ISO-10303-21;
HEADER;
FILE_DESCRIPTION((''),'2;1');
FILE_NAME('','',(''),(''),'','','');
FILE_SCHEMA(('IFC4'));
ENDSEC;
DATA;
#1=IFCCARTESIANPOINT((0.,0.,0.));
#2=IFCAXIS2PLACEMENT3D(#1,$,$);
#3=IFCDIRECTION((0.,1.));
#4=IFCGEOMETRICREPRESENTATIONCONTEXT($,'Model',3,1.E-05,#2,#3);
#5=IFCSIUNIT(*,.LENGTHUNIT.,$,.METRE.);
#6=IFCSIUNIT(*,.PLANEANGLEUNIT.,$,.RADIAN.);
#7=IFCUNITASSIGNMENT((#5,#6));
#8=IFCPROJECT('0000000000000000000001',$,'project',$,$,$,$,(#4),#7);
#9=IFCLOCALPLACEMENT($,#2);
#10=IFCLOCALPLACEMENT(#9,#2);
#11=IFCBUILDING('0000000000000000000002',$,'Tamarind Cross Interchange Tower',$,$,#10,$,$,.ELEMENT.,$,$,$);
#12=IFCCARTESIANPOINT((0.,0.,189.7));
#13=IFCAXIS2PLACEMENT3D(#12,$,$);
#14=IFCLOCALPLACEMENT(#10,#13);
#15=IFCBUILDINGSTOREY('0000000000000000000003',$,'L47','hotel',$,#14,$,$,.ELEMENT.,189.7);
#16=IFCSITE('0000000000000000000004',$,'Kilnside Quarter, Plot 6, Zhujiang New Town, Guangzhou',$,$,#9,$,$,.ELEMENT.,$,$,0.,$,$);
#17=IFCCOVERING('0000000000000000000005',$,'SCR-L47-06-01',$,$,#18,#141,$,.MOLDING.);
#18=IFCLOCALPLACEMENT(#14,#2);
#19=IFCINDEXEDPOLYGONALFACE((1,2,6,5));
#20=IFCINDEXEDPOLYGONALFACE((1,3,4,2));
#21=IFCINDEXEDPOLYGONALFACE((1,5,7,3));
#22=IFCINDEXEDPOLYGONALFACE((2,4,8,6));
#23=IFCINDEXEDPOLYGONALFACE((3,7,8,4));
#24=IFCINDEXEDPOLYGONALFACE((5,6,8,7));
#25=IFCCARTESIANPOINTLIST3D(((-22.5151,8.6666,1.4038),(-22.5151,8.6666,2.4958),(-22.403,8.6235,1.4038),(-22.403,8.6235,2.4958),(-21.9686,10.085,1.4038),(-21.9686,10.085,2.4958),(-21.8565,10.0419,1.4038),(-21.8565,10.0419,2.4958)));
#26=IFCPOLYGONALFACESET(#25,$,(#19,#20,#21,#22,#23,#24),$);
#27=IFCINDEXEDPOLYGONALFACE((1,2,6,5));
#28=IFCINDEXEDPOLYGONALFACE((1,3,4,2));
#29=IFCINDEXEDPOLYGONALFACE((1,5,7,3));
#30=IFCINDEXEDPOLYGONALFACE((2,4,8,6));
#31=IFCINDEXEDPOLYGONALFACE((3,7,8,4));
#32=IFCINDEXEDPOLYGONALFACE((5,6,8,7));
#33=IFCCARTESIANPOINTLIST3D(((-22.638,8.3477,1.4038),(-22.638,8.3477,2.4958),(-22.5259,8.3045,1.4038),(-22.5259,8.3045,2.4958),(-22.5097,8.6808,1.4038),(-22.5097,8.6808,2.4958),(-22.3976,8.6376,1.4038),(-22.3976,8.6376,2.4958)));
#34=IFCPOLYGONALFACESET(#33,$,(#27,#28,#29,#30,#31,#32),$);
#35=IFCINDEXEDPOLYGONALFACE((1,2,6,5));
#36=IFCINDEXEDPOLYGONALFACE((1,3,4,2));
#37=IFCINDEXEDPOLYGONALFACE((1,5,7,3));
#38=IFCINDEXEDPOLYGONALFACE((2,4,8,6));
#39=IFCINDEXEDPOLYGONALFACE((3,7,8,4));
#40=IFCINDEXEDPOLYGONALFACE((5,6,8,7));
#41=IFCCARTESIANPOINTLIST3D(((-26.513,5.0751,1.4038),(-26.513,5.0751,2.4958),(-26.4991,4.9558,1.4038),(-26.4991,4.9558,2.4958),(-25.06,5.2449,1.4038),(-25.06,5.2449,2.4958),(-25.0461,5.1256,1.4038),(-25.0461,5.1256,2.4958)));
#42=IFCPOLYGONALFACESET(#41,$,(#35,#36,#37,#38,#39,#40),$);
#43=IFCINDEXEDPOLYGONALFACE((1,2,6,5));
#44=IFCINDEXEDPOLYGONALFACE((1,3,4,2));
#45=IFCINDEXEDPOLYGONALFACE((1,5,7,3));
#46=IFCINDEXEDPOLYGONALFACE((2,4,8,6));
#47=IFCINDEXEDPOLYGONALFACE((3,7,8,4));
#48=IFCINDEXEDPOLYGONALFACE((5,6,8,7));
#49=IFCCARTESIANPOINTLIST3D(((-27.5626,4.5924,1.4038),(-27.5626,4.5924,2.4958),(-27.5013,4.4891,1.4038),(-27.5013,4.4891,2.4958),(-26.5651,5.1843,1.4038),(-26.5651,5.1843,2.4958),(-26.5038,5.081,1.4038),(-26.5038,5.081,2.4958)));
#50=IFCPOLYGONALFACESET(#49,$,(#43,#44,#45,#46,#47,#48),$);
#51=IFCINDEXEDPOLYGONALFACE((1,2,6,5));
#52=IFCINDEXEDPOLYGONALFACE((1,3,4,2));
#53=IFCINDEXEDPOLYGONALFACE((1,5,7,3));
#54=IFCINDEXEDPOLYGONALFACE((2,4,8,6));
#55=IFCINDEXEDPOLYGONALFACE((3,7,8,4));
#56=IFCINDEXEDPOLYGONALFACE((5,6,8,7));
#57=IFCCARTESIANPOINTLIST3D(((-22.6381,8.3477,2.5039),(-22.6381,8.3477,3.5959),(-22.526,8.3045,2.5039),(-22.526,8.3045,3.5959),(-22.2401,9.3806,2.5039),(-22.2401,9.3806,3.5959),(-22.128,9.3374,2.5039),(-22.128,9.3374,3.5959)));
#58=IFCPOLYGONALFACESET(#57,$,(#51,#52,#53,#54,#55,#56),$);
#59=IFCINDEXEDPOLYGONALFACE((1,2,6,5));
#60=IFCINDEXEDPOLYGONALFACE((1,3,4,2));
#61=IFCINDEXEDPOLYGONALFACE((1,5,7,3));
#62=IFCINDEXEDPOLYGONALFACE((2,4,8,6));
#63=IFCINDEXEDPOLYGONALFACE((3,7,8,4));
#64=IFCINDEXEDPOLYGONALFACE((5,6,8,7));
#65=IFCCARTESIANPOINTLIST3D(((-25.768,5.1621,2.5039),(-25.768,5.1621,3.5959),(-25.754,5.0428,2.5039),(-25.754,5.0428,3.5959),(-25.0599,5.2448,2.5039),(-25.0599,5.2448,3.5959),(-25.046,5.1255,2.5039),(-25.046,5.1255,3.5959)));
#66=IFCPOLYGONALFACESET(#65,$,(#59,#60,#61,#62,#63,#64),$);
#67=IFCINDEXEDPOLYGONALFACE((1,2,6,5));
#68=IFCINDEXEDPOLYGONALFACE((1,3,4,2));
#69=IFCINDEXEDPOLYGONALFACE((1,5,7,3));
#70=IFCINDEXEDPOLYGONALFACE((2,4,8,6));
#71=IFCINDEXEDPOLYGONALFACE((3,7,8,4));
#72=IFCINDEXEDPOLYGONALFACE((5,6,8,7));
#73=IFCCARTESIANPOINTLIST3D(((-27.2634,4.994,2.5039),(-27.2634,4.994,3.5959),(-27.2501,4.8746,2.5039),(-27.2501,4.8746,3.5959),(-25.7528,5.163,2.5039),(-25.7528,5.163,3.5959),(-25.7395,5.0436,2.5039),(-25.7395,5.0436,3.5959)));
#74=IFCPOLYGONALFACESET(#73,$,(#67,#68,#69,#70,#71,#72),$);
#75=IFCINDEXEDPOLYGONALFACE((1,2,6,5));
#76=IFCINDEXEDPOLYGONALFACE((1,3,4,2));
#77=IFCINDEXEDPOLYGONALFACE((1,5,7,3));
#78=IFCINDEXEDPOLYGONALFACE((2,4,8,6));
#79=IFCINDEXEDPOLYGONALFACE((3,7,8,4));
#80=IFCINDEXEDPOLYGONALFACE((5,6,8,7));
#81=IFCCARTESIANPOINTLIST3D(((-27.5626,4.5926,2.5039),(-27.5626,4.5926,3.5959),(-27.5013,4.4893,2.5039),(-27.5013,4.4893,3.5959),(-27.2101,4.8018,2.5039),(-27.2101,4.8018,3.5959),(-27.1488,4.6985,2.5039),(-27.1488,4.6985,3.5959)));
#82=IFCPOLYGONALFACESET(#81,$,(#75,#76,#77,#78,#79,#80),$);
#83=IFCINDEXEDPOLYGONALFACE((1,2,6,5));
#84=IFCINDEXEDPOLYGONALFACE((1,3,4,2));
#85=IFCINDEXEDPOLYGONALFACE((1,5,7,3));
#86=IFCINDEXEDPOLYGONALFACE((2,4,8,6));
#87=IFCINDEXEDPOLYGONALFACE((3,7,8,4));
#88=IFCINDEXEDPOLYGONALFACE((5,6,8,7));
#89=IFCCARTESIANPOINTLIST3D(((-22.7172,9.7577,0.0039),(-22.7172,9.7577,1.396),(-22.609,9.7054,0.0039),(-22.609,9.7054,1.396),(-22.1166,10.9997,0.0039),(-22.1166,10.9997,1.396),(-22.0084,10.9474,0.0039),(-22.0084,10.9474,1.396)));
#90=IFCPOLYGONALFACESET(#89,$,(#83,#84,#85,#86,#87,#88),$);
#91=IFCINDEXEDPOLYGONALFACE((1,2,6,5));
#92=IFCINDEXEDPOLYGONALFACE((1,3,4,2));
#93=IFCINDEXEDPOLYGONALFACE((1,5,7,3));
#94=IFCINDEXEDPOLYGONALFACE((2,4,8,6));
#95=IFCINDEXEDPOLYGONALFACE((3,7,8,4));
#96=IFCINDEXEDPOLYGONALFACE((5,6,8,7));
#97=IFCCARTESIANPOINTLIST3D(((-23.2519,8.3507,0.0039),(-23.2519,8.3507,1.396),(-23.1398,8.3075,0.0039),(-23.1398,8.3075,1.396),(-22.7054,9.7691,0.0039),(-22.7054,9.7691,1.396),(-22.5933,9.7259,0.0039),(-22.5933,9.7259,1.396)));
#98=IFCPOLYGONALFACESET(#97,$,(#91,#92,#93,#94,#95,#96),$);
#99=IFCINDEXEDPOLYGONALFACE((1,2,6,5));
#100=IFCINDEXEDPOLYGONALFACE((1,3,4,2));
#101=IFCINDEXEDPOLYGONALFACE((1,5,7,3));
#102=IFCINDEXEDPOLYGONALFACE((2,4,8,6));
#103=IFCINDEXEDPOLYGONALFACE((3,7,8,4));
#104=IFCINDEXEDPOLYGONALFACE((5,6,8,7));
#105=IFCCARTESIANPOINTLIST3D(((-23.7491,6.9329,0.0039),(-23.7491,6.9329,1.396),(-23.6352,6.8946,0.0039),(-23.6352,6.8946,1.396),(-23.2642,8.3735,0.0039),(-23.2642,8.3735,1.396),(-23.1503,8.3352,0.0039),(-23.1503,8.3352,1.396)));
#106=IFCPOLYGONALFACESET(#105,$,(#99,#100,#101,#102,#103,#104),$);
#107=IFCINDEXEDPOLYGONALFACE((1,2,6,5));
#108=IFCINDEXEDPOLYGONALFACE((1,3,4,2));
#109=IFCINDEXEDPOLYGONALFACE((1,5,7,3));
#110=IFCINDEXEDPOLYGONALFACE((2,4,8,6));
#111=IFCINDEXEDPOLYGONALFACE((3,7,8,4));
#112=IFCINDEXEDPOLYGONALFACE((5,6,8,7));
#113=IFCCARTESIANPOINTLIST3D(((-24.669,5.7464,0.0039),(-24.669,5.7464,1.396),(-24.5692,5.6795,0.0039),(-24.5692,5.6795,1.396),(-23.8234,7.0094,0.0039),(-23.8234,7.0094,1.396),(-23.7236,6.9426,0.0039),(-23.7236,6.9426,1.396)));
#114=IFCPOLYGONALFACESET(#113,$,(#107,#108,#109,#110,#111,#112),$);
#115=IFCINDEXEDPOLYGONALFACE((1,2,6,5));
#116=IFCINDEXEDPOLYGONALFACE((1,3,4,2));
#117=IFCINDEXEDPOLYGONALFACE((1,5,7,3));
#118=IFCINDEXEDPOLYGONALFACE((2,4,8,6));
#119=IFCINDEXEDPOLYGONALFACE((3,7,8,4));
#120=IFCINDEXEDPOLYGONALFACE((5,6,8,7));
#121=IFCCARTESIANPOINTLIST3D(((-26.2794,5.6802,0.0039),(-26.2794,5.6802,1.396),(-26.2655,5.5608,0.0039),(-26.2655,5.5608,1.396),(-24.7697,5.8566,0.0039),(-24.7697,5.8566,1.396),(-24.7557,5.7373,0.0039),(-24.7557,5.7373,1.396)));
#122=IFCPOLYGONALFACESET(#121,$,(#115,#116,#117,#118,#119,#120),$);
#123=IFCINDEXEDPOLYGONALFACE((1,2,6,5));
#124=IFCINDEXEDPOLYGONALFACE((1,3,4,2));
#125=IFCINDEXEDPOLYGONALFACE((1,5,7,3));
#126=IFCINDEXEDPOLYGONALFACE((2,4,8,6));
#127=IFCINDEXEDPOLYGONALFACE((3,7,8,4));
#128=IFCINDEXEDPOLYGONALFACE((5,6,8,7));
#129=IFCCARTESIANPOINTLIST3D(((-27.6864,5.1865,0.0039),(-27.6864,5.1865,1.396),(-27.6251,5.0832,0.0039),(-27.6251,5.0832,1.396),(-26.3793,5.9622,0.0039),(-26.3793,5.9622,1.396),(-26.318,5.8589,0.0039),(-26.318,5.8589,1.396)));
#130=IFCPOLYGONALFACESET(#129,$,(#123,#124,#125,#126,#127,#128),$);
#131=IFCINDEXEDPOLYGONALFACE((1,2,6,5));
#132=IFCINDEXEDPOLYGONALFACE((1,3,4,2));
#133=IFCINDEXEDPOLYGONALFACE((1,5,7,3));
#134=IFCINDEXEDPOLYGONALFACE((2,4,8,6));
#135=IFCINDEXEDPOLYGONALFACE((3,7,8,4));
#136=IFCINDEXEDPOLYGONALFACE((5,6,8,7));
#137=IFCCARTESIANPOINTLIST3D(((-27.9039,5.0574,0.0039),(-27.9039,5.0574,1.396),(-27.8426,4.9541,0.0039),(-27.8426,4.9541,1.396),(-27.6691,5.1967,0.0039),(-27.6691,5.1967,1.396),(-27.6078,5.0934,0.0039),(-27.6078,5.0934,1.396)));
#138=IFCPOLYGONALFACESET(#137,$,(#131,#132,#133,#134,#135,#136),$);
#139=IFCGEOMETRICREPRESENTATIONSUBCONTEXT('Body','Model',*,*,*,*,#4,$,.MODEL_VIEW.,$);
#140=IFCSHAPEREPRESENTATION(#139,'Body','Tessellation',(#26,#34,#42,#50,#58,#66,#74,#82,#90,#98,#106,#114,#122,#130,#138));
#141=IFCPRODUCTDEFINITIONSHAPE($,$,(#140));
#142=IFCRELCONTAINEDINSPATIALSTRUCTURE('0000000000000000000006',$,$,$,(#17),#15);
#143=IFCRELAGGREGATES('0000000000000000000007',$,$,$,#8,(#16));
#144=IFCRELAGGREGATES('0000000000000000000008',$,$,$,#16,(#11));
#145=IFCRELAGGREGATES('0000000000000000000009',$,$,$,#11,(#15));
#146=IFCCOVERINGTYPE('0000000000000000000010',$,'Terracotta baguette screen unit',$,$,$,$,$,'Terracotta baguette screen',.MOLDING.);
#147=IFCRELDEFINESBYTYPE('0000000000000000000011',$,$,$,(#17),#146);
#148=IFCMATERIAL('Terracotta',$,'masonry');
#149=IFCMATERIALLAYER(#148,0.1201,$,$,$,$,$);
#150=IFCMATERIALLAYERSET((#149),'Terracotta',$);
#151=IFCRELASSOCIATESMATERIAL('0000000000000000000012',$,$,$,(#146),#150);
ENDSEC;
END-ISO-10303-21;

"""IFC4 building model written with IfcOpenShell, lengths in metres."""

from ifc_helpers import new_model, si_unit, direction, frame, origin, origin_2d, place, context, subcontext, project, spatial, rectangle, extrude, material, layer, layer_set, type_object, element, save


model = new_model("IFC4")

# Units and contexts
model_context = context("Model", 3, precision=1e-05, world=origin(), true_north=direction((0.0, 1.0)))
body_context = subcontext(model_context, "Body", "Model", "MODEL_VIEW")
ifc_project = project(units=[si_unit("LENGTHUNIT", "METRE"), si_unit("PLANEANGLEUNIT", "RADIAN")], contexts=[model_context])

# Site, building, storey
site_placement = place(None, origin())
site = spatial("IfcSite", under=ifc_project, at=site_placement, Name="Kilnside Quarter, Plot 6, Zhujiang New Town, Guangzhou", CompositionType="ELEMENT", RefElevation=0.0)
building_placement = place(site_placement, origin())
building = spatial("IfcBuilding", under=site, at=building_placement, Name="Tamarind Cross Interchange Tower", CompositionType="ELEMENT")
storey_placement = place(building_placement, frame((0.0, 0.0, 189.7)))
storey = spatial("IfcBuildingStorey", under=building, at=storey_placement, Name="L47", Description="hotel", CompositionType="ELEMENT", Elevation=189.7)

# Covering
ifc_material_1 = material(Name="Terracotta", Category="masonry")
ifc_layer_1 = layer(ifc_material_1, 0.1201)
ifc_layer_set_1 = layer_set([ifc_layer_1], Name="Terracotta")
covering_type = type_object("IfcCoveringType", Name="Terracotta baguette screen unit", ElementType="Terracotta baguette screen", PredefinedType="MOLDING", material=ifc_layer_set_1)
covering_1_placement = place(storey_placement, origin())
element("IfcCovering", 1, at=covering_1_placement, inside=storey, type_object=covering_type, Name="SCR-L47-06-01", PredefinedType="MOLDING", context=body_context, shape_type="SweptSolid", body=[
    extrude(rectangle(XDim=1.52, YDim=0.1201, at=origin_2d()), frame((-22.1858, 9.3542, 1.4038), z_axis=(0.0, 0.0, 1.0), x_axis=(-0.359495, -0.933147, 0.0)), (0.0, 0.0, 1.0), 1.092),
    extrude(rectangle(XDim=0.3569, YDim=0.1201, at=origin_2d()), frame((-22.5178, 8.4927, 1.4038), z_axis=(0.0, 0.0, 1.0), x_axis=(-0.359495, -0.933147, 0.0)), (0.0, 0.0, 1.0), 1.092),
    extrude(rectangle(XDim=1.4629, YDim=0.1201, at=origin_2d()), frame((-25.7795, 5.1003, 1.4038), z_axis=(0.0, 0.0, 1.0), x_axis=(-0.993237, -0.116102, 0.0)), (0.0, 0.0, 1.0), 1.092),
    extrude(rectangle(XDim=1.1599, YDim=0.1201, at=origin_2d()), frame((-27.0332, 4.8367, 1.4038), z_axis=(0.0, 0.0, 1.0), x_axis=(-0.859979, -0.51033, 0.0)), (0.0, 0.0, 1.0), 1.092),
    extrude(rectangle(XDim=1.1069, YDim=0.1201, at=origin_2d()), frame((-22.3831, 8.8425, 2.5039), z_axis=(0.0, 0.0, 1.0), x_axis=(-0.359495, -0.933147, 0.0)), (0.0, 0.0, 1.0), 1.092),
    extrude(rectangle(XDim=0.7129, YDim=0.1201, at=origin_2d()), frame((-25.407, 5.1438, 2.5039), z_axis=(0.0, 0.0, 1.0), x_axis=(-0.993237, -0.116102, 0.0)), (0.0, 0.0, 1.0), 1.092),
    extrude(rectangle(XDim=1.52, YDim=0.1201, at=origin_2d()), frame((-26.5015, 5.0188, 2.5039), z_axis=(0.0, 0.0, 1.0), x_axis=(-0.993799, -0.111189, 0.0)), (0.0, 0.0, 1.0), 1.092),
    extrude(rectangle(XDim=0.4099, YDim=0.1201, at=origin_2d()), frame((-27.3557, 4.6455, 2.5039), z_axis=(0.0, 0.0, 1.0), x_axis=(-0.859979, -0.51033, 0.0)), (0.0, 0.0, 1.0), 1.092),
    extrude(rectangle(XDim=1.3796, YDim=0.1201, at=origin_2d()), frame((-22.3628, 10.3525, 0.0039), z_axis=(0.0, 0.0, 1.0), x_axis=(-0.435326, -0.900273, 0.0)), (0.0, 0.0, 1.0), 1.3921),
    extrude(rectangle(XDim=1.52, YDim=0.1201, at=origin_2d()), frame((-22.9226, 9.0383, 0.0039), z_axis=(0.0, 0.0, 1.0), x_axis=(-0.359495, -0.933147, 0.0)), (0.0, 0.0, 1.0), 1.3921),
    extrude(rectangle(XDim=1.52, YDim=0.1201, at=origin_2d()), frame((-23.4497, 7.634, 0.0039), z_axis=(0.0, 0.0, 1.0), x_axis=(-0.319008, -0.947752, 0.0)), (0.0, 0.0, 1.0), 1.3921),
    extrude(rectangle(XDim=1.52, YDim=0.1201, at=origin_2d()), frame((-24.1963, 6.3445, 0.0039), z_axis=(0.0, 0.0, 1.0), x_axis=(-0.556324, -0.830966, 0.0)), (0.0, 0.0, 1.0), 1.3921),
    extrude(rectangle(XDim=1.52, YDim=0.1201, at=origin_2d()), frame((-25.5176, 5.7087, 0.0039), z_axis=(0.0, 0.0, 1.0), x_axis=(-0.993237, -0.116102, 0.0)), (0.0, 0.0, 1.0), 1.3921),
    extrude(rectangle(XDim=1.52, YDim=0.1201, at=origin_2d()), frame((-27.0022, 5.5227, 0.0039), z_axis=(0.0, 0.0, 1.0), x_axis=(-0.859979, -0.51033, 0.0)), (0.0, 0.0, 1.0), 1.3921),
    extrude(rectangle(XDim=0.2729, YDim=0.1201, at=origin_2d()), frame((-27.7559, 5.0754, 0.0039), z_axis=(0.0, 0.0, 1.0), x_axis=(-0.859979, -0.51033, 0.0)), (0.0, 0.0, 1.0), 1.3921),
])

save(model, "model.ifc")
